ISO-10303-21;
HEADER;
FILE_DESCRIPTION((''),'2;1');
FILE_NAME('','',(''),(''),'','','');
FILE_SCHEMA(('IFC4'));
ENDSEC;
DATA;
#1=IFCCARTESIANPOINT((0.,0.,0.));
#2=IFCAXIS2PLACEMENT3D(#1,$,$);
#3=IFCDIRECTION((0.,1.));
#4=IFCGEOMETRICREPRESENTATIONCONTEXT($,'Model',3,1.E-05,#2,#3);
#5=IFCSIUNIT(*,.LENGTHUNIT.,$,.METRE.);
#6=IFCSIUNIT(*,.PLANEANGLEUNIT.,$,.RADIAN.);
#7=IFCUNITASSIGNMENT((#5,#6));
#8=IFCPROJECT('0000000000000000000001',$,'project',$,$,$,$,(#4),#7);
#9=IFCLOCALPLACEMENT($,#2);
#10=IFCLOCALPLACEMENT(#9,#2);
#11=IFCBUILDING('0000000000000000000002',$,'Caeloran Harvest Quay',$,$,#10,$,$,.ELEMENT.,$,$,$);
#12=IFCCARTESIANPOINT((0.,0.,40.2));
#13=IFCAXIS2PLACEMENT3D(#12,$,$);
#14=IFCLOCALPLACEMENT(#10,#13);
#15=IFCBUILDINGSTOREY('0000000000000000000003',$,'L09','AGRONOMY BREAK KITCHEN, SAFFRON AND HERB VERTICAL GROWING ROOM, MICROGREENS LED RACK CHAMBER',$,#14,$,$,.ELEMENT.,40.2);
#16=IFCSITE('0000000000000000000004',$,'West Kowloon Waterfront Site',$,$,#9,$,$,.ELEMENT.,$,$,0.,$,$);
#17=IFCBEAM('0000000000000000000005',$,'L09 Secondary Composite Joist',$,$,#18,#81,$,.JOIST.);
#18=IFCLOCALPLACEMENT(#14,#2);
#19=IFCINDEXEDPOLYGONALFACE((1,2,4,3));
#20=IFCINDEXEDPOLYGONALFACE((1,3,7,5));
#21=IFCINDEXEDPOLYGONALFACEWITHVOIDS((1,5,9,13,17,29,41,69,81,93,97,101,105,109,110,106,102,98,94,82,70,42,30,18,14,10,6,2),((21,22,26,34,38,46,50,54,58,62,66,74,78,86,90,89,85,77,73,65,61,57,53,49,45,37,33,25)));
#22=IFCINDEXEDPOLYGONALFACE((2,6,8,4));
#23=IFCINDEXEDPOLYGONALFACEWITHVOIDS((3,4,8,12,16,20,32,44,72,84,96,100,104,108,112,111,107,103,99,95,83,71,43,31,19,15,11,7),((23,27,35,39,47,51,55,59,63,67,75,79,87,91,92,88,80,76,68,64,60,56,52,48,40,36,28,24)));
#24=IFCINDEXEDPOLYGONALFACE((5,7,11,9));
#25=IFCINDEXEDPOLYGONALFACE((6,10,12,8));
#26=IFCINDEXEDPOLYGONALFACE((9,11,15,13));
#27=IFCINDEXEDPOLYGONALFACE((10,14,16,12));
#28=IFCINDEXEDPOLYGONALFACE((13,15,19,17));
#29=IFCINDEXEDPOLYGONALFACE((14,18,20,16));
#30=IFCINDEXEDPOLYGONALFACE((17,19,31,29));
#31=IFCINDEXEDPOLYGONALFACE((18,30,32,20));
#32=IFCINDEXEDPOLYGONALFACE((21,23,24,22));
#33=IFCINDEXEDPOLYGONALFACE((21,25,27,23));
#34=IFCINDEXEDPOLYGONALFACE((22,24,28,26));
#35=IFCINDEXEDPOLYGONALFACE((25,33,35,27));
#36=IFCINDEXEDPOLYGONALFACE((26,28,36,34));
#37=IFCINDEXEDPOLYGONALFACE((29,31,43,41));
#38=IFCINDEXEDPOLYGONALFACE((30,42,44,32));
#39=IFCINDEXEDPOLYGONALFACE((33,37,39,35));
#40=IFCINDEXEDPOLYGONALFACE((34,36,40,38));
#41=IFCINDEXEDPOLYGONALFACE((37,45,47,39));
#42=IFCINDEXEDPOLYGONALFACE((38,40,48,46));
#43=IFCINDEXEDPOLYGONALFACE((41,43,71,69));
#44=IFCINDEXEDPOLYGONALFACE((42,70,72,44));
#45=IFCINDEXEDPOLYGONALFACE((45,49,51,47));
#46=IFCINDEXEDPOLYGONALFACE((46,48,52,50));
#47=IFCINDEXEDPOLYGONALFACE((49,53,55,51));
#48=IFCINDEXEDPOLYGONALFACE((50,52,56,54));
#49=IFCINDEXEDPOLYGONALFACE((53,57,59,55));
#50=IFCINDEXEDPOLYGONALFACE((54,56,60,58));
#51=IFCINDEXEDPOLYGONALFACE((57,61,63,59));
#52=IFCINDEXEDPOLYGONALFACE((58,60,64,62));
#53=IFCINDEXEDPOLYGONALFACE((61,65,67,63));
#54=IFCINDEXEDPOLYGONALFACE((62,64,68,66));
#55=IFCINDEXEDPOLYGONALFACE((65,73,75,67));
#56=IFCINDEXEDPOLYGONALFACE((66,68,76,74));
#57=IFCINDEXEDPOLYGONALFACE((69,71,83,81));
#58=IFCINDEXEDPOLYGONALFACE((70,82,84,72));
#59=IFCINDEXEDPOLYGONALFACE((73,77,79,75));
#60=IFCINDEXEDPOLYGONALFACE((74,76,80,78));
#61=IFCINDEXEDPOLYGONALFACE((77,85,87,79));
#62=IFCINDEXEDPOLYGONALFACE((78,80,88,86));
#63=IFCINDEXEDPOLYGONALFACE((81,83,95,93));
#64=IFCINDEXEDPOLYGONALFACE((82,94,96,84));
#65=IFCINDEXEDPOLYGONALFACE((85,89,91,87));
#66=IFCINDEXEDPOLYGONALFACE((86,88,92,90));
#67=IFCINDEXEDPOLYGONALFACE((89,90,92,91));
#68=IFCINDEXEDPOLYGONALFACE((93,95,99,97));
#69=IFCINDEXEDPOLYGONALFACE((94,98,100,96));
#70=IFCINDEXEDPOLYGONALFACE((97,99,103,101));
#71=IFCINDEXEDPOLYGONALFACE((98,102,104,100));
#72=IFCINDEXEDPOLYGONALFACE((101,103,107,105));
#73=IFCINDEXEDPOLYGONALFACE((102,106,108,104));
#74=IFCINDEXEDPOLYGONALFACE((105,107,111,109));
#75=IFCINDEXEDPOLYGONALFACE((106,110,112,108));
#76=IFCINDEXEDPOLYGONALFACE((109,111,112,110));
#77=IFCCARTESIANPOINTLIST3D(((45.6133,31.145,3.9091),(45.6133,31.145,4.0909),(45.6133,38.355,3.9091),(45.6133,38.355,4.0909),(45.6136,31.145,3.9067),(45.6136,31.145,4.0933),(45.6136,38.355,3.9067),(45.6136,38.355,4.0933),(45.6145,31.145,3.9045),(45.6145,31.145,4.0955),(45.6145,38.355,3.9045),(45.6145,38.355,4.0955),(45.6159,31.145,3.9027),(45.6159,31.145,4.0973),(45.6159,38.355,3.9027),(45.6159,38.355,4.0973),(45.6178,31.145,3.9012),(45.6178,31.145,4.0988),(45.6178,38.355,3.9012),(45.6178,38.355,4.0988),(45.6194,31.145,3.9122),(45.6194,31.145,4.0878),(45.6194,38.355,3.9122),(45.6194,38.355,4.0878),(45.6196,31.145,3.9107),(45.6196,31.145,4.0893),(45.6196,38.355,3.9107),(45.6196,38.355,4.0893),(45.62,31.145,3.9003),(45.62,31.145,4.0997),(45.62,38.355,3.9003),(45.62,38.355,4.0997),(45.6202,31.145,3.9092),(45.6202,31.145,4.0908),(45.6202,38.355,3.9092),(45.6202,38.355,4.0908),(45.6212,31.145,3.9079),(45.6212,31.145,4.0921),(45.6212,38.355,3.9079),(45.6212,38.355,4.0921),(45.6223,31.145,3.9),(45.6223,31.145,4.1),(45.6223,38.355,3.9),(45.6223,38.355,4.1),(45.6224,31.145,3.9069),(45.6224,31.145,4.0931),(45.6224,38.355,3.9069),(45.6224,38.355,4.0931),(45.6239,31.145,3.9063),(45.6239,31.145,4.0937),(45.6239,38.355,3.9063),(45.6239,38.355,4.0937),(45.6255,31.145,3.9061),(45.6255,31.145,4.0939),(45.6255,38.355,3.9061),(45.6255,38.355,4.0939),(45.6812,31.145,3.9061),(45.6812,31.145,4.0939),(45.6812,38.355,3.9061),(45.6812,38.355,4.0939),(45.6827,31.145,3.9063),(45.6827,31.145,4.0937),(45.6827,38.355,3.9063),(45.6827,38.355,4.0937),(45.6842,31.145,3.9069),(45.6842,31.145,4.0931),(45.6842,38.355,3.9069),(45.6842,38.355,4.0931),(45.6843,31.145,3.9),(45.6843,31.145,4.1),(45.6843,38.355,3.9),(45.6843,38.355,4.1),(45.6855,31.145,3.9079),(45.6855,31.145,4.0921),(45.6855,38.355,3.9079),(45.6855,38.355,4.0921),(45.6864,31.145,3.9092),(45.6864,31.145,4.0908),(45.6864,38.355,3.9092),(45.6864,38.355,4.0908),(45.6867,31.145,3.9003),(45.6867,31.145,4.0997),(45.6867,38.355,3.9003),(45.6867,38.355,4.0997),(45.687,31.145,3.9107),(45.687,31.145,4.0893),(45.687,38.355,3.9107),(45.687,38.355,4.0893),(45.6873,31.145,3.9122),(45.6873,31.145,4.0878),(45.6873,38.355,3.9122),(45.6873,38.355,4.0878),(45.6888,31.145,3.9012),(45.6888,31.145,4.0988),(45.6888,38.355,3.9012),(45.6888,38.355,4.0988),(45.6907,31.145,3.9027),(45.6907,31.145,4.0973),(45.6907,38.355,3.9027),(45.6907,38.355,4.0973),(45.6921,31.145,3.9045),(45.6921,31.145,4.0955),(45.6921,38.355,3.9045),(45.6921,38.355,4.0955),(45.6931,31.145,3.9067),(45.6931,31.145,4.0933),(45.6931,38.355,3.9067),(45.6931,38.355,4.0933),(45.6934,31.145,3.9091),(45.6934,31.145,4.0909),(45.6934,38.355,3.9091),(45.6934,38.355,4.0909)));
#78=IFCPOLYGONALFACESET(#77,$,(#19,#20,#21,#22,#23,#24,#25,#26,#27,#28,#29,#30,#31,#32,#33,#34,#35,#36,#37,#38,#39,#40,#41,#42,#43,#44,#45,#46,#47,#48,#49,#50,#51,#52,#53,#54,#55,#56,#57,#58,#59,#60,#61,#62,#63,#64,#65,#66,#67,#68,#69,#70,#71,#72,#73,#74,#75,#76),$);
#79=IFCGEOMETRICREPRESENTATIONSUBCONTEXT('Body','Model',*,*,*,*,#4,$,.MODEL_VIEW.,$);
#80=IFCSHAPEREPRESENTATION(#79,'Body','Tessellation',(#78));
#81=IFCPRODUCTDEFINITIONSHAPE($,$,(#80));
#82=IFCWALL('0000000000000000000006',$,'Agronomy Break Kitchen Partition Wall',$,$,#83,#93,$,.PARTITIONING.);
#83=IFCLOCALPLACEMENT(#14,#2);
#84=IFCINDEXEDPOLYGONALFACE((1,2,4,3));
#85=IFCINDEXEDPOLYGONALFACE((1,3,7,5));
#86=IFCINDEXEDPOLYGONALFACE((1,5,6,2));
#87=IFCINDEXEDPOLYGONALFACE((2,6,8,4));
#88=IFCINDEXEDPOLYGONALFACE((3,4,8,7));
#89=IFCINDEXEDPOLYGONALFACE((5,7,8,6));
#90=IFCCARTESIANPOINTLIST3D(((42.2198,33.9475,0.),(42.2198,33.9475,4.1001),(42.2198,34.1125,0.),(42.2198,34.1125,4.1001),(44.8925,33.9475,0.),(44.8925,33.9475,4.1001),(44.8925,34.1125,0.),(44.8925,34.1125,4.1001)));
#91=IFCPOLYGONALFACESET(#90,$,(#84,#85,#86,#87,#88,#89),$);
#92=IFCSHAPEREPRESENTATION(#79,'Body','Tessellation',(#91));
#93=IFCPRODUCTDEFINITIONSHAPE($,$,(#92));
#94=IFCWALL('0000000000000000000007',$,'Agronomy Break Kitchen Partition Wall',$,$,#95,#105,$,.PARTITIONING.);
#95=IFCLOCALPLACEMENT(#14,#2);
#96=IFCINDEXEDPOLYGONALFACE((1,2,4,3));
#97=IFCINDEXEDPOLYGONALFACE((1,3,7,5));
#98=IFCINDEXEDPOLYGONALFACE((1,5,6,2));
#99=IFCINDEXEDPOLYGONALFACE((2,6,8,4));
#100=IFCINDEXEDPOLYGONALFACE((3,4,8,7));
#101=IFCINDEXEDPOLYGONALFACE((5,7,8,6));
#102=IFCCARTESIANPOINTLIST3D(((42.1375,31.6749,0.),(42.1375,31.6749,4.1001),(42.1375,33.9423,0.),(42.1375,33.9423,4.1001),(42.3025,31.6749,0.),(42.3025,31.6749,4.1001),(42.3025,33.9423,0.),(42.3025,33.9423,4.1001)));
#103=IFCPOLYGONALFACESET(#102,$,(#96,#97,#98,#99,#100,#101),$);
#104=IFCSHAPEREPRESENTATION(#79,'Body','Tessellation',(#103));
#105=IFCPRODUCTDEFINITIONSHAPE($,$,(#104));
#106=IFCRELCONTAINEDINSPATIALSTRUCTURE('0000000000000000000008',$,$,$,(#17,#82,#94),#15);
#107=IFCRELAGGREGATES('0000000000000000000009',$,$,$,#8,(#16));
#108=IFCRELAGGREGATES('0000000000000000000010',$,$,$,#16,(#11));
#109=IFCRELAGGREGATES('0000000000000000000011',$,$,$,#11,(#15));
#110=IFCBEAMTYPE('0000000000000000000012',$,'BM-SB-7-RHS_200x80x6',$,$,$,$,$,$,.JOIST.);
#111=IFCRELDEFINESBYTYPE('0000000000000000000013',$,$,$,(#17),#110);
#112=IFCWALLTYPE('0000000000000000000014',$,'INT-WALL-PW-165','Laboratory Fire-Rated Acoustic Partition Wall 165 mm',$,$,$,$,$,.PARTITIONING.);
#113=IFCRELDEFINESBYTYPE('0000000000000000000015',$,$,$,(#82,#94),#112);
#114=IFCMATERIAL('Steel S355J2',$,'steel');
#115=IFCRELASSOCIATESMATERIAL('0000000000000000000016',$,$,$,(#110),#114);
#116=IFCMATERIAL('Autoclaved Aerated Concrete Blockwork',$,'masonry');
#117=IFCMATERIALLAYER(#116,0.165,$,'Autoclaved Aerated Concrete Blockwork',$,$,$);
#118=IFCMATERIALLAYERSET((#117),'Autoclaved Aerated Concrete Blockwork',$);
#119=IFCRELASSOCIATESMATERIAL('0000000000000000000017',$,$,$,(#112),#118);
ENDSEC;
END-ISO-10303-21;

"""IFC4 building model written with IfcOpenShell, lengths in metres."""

from ifc_helpers import new_model, si_unit, direction, frame, frame_2d, origin, origin_2d, place, context, subcontext, project, spatial, rectangle, hollow_rectangle, extrude, material, layer, layer_set, material_profile, profile_set, type_object, element, save


model = new_model("IFC4")

# Units and contexts
model_context = context("Model", 3, precision=1e-05, world=origin(), true_north=direction((0.0, 1.0)))
body_context = subcontext(model_context, "Body", "Model", "MODEL_VIEW")
ifc_project = project(units=[si_unit("LENGTHUNIT", "METRE"), si_unit("PLANEANGLEUNIT", "RADIAN")], contexts=[model_context])

# Site, building, storey
site_placement = place(None, origin())
site = spatial("IfcSite", under=ifc_project, at=site_placement, Name="West Kowloon Waterfront Site", CompositionType="ELEMENT", RefElevation=0.0)
building_placement = place(site_placement, origin())
building = spatial("IfcBuilding", under=site, at=building_placement, Name="Caeloran Harvest Quay", CompositionType="ELEMENT")
storey_placement = place(building_placement, frame((0.0, 0.0, 40.2)))
storey = spatial("IfcBuildingStorey", under=building, at=storey_placement, Name="L09", Description="AGRONOMY BREAK KITCHEN, SAFFRON AND HERB VERTICAL GROWING ROOM, MICROGREENS LED RACK CHAMBER", CompositionType="ELEMENT", Elevation=40.2)

# Beam
ifc_material_1 = material(Name="Steel S355J2", Category="steel")
ifc_material_profile_1 = material_profile(ifc_material_1, hollow_rectangle(XDim=0.0801, YDim=0.2, WallThickness=0.0061, InnerFilletRadius=0.0061, OuterFilletRadius=0.009, at=origin_2d()), Name="RHS 200x80x6")
ifc_profile_set_1 = profile_set([ifc_material_profile_1], Name="Steel S355J2")
beam_type_1 = type_object("IfcBeamType", Name="BM-SB-7-RHS_200x80x6", PredefinedType="JOIST", material=ifc_profile_set_1)
for number, where, z_axis, x_axis, name in (
    (1, (45.6533, 31.145, 4.0), (0.0, 1.0, 0.0), (-1.0, 0.0, 0.0), "L09 Secondary Composite Joist"),
):
    element("IfcBeam", number, at=place(storey_placement, frame(where, z_axis=z_axis, x_axis=x_axis)), inside=storey, type_object=beam_type_1, Name=name, PredefinedType="JOIST", context=body_context, shape_type="SweptSolid", body=[
        extrude(hollow_rectangle(XDim=0.0801, YDim=0.2, WallThickness=0.0061, InnerFilletRadius=0.0061, OuterFilletRadius=0.009, at=origin_2d()), origin(), (0.0, 0.0, 1.0), 7.21),
    ])

# Walls
ifc_material_2 = material(Name="Autoclaved Aerated Concrete Blockwork", Category="masonry")
ifc_layer = layer(ifc_material_2, 0.165, Name="Autoclaved Aerated Concrete Blockwork")
ifc_layer_set = layer_set([ifc_layer], Name="Autoclaved Aerated Concrete Blockwork")
wall_type = type_object("IfcWallType", Name="INT-WALL-PW-165", Description="Laboratory Fire-Rated Acoustic Partition Wall 165 mm", PredefinedType="PARTITIONING", material=ifc_layer_set)
wall_1_placement = place(storey_placement, frame((44.8926, 34.03, 0.0), z_axis=(0.0, 0.0, 1.0), x_axis=(-1.0, 0.0, 0.0)))
element("IfcWall", 2, at=wall_1_placement, inside=storey, type_object=wall_type, Name="Agronomy Break Kitchen Partition Wall", PredefinedType="PARTITIONING", context=body_context, shape_type="SweptSolid", body=[
    extrude(rectangle(XDim=2.6726, YDim=0.165, at=frame_2d((1.3364, 0.0))), origin(), (0.0, 0.0, 1.0), 4.1001),
])
wall_2_placement = place(storey_placement, frame((42.22, 33.9424, 0.0), z_axis=(0.0, 0.0, 1.0), x_axis=(0.0, -1.0, 0.0)))
element("IfcWall", 3, at=wall_2_placement, inside=storey, type_object=wall_type, Name="Agronomy Break Kitchen Partition Wall", PredefinedType="PARTITIONING", context=body_context, shape_type="SweptSolid", body=[
    extrude(rectangle(XDim=2.2673, YDim=0.165, at=frame_2d((1.1338, 0.0))), origin(), (0.0, 0.0, 1.0), 4.1001),
])

save(model, "model.ifc")
